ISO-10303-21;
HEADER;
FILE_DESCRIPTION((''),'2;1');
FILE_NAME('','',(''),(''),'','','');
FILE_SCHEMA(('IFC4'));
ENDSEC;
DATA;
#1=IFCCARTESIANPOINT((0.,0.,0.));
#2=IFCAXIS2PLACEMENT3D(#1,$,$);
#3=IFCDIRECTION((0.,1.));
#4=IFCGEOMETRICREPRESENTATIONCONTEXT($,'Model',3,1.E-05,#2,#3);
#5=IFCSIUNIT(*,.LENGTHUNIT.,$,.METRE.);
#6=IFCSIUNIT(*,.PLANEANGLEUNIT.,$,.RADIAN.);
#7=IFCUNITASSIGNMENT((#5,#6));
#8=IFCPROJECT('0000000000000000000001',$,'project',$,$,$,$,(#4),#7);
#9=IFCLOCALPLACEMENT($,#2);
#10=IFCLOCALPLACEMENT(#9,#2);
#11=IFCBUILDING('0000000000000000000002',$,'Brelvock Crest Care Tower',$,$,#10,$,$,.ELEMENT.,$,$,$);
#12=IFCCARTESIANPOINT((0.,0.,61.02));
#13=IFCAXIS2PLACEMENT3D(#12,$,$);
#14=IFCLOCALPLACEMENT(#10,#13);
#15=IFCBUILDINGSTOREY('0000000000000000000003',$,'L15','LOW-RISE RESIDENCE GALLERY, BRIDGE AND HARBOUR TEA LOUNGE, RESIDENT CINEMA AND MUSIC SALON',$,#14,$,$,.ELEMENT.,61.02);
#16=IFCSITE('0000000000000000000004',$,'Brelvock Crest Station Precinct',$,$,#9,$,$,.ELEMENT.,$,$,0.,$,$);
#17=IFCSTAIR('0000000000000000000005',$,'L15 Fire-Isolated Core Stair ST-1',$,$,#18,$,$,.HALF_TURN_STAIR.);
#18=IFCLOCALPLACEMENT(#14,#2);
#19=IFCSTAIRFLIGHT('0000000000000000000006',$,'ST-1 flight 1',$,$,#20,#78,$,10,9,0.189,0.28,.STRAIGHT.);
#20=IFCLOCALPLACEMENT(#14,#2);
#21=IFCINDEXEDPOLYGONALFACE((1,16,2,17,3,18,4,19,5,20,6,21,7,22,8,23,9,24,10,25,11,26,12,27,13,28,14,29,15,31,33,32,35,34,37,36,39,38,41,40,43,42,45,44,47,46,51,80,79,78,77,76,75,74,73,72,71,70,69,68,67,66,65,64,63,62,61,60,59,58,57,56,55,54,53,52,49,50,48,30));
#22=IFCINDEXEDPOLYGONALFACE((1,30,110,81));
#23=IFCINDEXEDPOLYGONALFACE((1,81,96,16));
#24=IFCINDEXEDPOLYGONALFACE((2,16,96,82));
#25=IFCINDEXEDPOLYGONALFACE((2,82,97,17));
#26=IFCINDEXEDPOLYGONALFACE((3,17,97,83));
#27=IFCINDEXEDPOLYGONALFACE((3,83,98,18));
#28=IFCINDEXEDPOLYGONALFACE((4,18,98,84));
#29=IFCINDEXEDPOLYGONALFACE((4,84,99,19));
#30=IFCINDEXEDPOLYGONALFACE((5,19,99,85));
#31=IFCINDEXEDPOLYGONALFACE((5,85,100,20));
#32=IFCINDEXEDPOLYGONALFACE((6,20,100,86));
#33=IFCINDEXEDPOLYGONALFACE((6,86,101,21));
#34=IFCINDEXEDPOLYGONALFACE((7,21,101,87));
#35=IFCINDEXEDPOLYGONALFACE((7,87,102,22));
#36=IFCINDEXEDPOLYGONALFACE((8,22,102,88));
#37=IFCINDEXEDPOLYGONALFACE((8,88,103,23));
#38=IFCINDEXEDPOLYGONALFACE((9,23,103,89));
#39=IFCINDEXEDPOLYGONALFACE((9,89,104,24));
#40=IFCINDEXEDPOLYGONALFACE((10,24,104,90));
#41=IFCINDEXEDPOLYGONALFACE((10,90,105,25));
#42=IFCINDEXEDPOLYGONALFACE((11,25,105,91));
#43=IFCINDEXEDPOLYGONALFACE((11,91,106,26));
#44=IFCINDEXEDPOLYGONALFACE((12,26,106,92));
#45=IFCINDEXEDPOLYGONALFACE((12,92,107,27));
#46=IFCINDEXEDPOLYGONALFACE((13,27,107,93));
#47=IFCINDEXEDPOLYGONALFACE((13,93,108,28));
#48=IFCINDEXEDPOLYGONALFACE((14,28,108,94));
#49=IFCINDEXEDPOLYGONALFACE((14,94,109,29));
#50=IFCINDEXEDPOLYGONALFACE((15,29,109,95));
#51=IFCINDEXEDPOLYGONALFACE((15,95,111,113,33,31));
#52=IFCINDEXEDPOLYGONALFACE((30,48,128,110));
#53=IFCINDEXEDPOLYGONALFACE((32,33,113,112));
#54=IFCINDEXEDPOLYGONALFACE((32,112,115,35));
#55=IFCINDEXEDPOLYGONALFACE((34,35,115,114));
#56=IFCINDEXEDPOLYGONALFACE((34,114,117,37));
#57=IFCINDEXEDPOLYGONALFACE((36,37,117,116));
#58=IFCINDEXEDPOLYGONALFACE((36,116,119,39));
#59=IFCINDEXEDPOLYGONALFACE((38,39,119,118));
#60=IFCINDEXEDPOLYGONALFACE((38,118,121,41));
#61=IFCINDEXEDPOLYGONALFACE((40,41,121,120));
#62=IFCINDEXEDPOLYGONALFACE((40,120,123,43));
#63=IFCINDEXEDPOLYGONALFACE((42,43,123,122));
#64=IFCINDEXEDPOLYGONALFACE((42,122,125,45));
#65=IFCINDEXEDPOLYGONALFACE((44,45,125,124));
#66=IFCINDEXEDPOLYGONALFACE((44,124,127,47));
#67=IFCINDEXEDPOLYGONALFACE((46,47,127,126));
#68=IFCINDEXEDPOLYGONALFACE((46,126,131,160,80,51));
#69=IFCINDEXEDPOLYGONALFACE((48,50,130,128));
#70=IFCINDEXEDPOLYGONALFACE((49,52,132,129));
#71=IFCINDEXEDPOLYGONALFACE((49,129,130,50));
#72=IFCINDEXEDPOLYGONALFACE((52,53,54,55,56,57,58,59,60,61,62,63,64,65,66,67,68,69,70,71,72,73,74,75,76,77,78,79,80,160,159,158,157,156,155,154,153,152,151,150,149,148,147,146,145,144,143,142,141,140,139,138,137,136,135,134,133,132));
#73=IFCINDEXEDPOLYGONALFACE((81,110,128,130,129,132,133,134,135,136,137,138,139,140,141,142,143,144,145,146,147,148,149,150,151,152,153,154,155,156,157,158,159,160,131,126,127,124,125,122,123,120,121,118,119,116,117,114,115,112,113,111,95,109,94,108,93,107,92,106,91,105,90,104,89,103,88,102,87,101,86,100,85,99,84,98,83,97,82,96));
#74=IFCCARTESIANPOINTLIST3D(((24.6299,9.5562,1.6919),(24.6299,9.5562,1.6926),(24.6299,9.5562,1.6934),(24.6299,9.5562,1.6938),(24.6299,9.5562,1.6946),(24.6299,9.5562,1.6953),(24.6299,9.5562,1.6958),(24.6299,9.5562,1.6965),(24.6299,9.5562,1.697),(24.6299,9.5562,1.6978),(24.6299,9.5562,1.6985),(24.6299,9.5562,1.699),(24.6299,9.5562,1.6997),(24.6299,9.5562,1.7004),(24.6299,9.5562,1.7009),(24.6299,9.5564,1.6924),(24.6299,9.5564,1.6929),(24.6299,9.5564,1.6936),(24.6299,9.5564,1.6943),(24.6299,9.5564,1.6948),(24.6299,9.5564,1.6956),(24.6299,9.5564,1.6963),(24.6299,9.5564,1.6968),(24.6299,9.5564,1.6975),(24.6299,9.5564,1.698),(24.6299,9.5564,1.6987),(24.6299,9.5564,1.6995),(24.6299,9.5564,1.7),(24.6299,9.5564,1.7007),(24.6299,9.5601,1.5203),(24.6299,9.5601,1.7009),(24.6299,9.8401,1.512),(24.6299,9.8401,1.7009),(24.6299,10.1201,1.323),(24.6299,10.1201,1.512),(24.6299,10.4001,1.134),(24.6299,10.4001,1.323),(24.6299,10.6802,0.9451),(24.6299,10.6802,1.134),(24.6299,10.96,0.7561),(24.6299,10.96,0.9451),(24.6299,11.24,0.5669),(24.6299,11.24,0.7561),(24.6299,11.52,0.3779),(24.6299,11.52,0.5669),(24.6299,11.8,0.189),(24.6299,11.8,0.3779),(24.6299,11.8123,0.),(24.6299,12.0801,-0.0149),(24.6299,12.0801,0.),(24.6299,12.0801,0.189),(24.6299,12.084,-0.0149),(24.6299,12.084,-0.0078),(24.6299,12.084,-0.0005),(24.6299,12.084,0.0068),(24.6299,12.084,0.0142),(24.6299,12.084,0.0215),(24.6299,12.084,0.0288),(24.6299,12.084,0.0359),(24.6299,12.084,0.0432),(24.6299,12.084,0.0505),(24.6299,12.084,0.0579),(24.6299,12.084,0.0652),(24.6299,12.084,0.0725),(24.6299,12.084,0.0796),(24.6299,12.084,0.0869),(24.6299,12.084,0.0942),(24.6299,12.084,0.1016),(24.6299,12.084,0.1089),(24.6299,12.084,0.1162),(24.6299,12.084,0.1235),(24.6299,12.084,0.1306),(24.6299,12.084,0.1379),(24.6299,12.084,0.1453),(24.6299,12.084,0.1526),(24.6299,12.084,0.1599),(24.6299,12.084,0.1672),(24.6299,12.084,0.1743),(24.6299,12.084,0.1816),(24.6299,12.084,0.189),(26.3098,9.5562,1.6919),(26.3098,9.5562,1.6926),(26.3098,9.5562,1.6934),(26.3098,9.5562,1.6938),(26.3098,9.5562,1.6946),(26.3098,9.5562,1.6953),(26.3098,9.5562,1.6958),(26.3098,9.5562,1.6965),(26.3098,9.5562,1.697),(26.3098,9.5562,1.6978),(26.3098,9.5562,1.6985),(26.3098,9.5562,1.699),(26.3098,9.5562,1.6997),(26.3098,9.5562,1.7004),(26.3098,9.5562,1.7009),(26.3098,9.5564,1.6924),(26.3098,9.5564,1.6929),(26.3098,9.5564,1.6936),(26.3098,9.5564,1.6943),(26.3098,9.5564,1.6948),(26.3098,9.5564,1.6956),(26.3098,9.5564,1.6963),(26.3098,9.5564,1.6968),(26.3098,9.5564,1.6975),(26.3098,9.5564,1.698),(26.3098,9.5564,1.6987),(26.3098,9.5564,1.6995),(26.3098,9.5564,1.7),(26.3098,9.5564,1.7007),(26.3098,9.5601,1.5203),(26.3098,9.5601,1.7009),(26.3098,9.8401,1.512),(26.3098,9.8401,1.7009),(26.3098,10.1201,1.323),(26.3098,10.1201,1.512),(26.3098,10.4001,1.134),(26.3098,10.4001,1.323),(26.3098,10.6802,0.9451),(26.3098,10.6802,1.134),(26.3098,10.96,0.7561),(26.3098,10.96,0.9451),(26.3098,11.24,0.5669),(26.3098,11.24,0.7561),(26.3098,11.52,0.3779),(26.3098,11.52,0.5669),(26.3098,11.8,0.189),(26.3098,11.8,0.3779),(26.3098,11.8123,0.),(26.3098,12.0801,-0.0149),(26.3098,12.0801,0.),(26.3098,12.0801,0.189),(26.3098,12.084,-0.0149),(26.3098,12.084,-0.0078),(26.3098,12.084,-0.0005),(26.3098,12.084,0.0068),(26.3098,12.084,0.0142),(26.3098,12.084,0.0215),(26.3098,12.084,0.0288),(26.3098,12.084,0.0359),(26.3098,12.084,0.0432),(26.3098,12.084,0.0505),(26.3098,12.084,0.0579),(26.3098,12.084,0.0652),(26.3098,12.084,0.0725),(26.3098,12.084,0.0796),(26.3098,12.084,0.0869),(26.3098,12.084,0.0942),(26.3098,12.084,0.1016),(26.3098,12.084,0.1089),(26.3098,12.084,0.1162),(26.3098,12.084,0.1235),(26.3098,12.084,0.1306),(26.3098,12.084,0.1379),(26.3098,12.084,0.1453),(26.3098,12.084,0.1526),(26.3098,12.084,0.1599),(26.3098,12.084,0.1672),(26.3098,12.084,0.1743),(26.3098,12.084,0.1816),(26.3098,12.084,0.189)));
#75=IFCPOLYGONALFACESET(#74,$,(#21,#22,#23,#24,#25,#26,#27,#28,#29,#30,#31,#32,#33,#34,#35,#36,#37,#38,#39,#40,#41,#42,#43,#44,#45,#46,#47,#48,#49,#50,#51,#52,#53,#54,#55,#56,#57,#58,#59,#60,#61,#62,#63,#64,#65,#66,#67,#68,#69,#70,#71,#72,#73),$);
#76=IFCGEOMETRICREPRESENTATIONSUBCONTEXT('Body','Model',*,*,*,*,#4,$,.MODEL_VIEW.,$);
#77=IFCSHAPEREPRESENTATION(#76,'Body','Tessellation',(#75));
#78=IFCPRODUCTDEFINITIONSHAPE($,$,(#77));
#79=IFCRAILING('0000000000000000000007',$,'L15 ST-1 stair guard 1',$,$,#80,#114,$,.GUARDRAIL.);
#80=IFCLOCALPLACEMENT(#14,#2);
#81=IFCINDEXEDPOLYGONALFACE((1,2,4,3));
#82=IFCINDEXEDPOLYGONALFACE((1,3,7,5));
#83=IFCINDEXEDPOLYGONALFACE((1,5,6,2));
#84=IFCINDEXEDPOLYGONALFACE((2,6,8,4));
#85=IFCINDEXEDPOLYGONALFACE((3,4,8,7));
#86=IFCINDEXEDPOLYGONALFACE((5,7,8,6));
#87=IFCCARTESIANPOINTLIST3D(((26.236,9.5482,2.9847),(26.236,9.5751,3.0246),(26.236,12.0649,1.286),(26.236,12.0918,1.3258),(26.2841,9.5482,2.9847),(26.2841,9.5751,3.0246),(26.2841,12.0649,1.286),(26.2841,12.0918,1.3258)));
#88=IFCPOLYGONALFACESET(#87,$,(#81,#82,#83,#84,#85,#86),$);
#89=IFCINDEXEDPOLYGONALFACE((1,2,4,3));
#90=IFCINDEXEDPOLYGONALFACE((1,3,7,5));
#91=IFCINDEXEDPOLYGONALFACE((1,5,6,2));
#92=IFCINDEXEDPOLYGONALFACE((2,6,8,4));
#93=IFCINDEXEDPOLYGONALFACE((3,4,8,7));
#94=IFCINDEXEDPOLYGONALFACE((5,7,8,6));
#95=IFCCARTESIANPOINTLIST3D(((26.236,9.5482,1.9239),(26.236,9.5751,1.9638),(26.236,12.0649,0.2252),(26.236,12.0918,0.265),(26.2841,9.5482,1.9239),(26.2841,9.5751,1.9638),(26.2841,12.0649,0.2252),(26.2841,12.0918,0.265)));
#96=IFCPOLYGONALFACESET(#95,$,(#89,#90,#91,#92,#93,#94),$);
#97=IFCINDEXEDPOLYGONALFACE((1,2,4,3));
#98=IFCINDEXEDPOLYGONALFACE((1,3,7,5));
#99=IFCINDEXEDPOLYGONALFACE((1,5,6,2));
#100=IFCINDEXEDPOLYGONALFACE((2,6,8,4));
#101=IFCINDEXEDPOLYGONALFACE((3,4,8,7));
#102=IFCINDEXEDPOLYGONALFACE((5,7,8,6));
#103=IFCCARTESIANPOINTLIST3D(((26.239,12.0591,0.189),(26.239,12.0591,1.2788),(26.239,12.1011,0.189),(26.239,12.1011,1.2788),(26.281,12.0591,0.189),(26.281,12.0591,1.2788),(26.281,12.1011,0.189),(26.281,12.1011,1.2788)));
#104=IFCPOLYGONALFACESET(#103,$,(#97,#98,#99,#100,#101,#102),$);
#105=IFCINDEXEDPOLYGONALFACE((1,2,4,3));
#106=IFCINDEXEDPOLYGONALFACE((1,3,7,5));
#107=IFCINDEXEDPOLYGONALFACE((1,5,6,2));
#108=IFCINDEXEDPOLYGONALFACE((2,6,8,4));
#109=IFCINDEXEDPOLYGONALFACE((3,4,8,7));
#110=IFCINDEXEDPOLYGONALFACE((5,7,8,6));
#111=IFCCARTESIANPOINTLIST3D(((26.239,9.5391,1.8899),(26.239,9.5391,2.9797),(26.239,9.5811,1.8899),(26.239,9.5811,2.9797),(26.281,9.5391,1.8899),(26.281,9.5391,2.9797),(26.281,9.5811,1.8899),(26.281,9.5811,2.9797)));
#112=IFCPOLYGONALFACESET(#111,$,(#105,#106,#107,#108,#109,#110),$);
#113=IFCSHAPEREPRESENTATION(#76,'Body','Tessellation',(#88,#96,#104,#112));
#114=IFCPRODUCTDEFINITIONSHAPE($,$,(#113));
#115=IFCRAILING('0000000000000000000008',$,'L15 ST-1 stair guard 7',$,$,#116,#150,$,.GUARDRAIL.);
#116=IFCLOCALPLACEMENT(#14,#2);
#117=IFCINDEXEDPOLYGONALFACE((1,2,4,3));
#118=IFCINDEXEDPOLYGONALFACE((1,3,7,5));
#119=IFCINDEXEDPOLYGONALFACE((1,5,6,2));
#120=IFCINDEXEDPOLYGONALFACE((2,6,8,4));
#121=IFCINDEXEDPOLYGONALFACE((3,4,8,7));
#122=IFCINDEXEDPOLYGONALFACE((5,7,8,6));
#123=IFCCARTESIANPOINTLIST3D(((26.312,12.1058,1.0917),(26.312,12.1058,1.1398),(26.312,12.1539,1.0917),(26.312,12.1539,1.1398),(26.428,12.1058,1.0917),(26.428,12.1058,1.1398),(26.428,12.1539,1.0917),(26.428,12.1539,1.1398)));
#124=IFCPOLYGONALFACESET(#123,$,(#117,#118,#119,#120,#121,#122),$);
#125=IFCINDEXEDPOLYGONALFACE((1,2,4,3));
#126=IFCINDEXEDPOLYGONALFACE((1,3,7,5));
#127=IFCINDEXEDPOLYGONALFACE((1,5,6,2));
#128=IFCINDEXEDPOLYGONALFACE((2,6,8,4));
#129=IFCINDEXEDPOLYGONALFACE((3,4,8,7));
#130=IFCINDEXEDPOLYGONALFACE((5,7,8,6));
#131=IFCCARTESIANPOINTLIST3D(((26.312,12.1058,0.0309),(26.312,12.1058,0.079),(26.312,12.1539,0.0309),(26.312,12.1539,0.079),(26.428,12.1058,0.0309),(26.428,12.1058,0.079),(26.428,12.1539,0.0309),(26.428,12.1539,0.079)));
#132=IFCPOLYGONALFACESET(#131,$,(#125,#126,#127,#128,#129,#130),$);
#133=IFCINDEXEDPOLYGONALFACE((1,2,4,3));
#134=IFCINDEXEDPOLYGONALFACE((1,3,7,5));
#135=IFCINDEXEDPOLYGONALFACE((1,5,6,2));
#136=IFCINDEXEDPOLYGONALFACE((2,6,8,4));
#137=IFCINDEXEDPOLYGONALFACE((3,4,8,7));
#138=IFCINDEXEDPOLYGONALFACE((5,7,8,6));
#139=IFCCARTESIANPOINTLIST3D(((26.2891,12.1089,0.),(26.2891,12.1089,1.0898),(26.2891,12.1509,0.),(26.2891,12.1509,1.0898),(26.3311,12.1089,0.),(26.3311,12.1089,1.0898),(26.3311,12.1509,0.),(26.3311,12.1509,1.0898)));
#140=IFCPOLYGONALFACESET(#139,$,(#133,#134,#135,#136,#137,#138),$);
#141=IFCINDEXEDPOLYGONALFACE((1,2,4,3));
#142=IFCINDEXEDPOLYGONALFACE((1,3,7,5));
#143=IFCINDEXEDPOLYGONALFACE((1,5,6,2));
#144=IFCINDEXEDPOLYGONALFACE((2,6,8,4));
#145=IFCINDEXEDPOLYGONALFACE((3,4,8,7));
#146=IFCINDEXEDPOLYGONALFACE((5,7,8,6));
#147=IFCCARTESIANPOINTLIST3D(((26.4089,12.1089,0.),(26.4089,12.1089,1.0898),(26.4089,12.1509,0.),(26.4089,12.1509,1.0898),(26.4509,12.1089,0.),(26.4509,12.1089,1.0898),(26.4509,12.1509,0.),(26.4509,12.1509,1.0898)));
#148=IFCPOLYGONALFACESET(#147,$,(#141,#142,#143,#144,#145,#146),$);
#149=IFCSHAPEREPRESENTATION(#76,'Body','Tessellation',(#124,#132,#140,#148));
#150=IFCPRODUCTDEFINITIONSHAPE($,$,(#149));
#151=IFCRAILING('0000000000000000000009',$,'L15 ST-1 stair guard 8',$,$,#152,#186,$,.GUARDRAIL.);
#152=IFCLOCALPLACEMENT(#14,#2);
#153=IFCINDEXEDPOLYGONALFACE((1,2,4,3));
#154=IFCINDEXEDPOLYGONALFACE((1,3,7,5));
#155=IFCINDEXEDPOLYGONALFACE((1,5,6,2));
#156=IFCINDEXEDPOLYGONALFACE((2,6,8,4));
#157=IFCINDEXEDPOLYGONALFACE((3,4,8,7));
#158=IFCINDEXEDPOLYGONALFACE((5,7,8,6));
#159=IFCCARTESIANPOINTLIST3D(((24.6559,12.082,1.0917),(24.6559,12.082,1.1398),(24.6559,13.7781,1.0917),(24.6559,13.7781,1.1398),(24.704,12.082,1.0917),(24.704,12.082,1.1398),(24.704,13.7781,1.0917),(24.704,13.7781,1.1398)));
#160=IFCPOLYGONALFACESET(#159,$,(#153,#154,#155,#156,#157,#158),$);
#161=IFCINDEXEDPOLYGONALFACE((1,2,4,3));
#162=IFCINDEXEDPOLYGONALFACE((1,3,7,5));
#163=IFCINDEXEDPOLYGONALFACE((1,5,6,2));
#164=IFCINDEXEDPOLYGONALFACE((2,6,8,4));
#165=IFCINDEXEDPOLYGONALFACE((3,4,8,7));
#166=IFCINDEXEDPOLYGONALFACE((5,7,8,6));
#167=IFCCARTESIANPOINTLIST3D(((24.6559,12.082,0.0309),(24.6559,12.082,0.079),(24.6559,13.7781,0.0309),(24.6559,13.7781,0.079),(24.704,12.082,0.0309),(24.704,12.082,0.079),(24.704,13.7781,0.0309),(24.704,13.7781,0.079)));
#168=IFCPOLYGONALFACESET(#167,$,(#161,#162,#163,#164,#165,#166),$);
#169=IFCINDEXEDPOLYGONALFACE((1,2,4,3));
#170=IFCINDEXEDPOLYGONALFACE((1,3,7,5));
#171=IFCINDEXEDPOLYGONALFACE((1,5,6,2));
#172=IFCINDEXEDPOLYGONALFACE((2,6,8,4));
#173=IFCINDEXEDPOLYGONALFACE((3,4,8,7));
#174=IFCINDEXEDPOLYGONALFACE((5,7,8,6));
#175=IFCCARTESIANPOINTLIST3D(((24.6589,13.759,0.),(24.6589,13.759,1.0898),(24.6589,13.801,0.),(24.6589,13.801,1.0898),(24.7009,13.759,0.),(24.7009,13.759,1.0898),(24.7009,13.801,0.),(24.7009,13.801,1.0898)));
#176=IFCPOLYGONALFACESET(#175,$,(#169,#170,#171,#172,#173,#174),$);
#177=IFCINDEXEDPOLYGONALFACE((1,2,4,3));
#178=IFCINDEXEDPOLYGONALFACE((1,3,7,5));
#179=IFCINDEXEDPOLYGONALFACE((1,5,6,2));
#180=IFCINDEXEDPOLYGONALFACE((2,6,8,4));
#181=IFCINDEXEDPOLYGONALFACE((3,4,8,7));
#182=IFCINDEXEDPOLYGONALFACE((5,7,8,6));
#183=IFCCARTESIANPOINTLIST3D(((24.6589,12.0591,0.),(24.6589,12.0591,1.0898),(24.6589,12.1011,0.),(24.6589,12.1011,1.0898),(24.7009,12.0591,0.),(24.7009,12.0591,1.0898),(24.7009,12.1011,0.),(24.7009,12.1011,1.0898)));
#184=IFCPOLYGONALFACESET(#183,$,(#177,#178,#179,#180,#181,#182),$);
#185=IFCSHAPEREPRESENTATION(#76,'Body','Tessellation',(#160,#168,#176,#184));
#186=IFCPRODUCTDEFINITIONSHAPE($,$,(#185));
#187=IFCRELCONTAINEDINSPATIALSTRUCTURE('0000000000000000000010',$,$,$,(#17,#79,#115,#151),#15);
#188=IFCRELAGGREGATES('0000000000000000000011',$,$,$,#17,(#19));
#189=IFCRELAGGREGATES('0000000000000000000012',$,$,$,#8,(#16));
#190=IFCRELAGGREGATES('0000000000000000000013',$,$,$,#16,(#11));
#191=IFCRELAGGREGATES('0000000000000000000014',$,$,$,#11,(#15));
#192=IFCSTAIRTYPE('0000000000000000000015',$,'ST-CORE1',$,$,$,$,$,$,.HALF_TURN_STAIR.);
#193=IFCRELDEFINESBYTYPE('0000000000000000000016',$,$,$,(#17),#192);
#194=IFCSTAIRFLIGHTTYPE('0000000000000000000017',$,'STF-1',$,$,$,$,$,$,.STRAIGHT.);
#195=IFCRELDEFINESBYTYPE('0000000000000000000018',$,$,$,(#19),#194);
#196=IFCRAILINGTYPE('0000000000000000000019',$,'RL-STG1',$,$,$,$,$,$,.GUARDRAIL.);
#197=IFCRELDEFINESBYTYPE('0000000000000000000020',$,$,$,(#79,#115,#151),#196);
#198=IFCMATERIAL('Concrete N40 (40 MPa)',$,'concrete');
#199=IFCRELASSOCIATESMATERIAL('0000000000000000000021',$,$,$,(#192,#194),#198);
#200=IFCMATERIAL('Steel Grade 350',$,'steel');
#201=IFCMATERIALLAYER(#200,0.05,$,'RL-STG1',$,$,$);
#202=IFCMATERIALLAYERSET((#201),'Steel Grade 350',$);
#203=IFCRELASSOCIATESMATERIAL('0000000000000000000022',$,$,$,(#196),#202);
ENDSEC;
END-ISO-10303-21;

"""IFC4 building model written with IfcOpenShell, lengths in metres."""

from ifc_helpers import new_model, si_unit, direction, frame, origin, origin_2d, place, context, subcontext, project, spatial, polyline, rectangle, outline, extrude, material, layer, layer_set, type_object, element, aggregate, save


model = new_model("IFC4")

# Units and contexts
model_context = context("Model", 3, precision=1e-05, world=origin(), true_north=direction((0.0, 1.0)))
body_context = subcontext(model_context, "Body", "Model", "MODEL_VIEW")
ifc_project = project(units=[si_unit("LENGTHUNIT", "METRE"), si_unit("PLANEANGLEUNIT", "RADIAN")], contexts=[model_context])

# Site, building, storey
site_placement = place(None, origin())
site = spatial("IfcSite", under=ifc_project, at=site_placement, Name="Brelvock Crest Station Precinct", CompositionType="ELEMENT", RefElevation=0.0)
building_placement = place(site_placement, origin())
building = spatial("IfcBuilding", under=site, at=building_placement, Name="Brelvock Crest Care Tower", CompositionType="ELEMENT")
storey_placement = place(building_placement, frame((0.0, 0.0, 61.02)))
storey = spatial("IfcBuildingStorey", under=building, at=storey_placement, Name="L15", Description="LOW-RISE RESIDENCE GALLERY, BRIDGE AND HARBOUR TEA LOUNGE, RESIDENT CINEMA AND MUSIC SALON", CompositionType="ELEMENT", Elevation=61.02)

# Shared definitions
ifc_material_1 = material(Name="Steel Grade 350", Category="steel")

# Stair, stair flight
ifc_material_2 = material(Name="Concrete N40 (40 MPa)", Category="concrete")
stair_type = type_object("IfcStairType", Name="ST-CORE1", PredefinedType="HALF_TURN_STAIR", material=ifc_material_2)
stair_placement = place(storey_placement, origin())
stair = element("IfcStair", 1, at=stair_placement, inside=storey, type_object=stair_type, Name="L15 Fire-Isolated Core Stair ST-1", PredefinedType="HALF_TURN_STAIR")
stair_flight_type = type_object("IfcStairFlightType", Name="STF-1", PredefinedType="STRAIGHT", material=ifc_material_2)
stair_flight_placement = place(storey_placement, frame((25.47, 12.0801, 0.0), z_axis=(0.0, 0.0, 1.0), x_axis=(0.0, -1.0, 0.0)))
stair_flight = element("IfcStairFlight", 2, at=stair_flight_placement, type_object=stair_flight_type, Name="ST-1 flight 1", NumberOfRisers=10, NumberOfTreads=9, PredefinedType="STRAIGHT", RiserHeight=0.189, TreadLength=0.28, context=body_context, shape_type="SweptSolid", body=[
    extrude(outline(polyline([(-0.0039, -0.0149), (-0.0039, -0.0078), (-0.0039, -0.0005), (-0.0039, 0.0068), (-0.0039, 0.0142), (-0.0039, 0.0215), (-0.0039, 0.0288), (-0.0039, 0.0359), (-0.0039, 0.0432), (-0.0039, 0.0505), (-0.0039, 0.0579), (-0.0039, 0.0652), (-0.0039, 0.0725), (-0.0039, 0.0796), (-0.0039, 0.0869), (-0.0039, 0.0942), (-0.0039, 0.1016), (-0.0039, 0.1089), (-0.0039, 0.1162), (-0.0039, 0.1235), (-0.0039, 0.1306), (-0.0039, 0.1379), (-0.0039, 0.1453), (-0.0039, 0.1526), (-0.0039, 0.1599), (-0.0039, 0.1672), (-0.0039, 0.1743), (-0.0039, 0.1816), (-0.0039, 0.189), (0.0, 0.189), (0.28, 0.189), (0.28, 0.3779), (0.5601, 0.3779), (0.5601, 0.5669), (0.8401, 0.5669), (0.8401, 0.7561), (1.1201, 0.7561), (1.1201, 0.9451), (1.3999, 0.9451), (1.3999, 1.134), (1.6799, 1.134), (1.6799, 1.323), (1.96, 1.323), (1.96, 1.512), (2.24, 1.512), (2.24, 1.7009), (2.52, 1.7009), (2.5239, 1.7009), (2.5237, 1.7007), (2.5239, 1.7004), (2.5237, 1.7), (2.5239, 1.6997), (2.5237, 1.6995), (2.5239, 1.699), (2.5237, 1.6987), (2.5239, 1.6985), (2.5237, 1.698), (2.5239, 1.6978), (2.5237, 1.6975), (2.5239, 1.697), (2.5237, 1.6968), (2.5239, 1.6965), (2.5237, 1.6963), (2.5239, 1.6958), (2.5237, 1.6956), (2.5239, 1.6953), (2.5237, 1.6948), (2.5239, 1.6946), (2.5237, 1.6943), (2.5239, 1.6938), (2.5237, 1.6936), (2.5239, 1.6934), (2.5237, 1.6929), (2.5239, 1.6926), (2.5237, 1.6924), (2.5239, 1.6919), (2.52, 1.5203), (0.2678, 0.0), (0.0, 0.0), (0.0, -0.0149), (-0.0039, -0.0149)])), frame((0.0, 0.8398, 0.0), z_axis=(0.0, -1.0, 0.0), x_axis=(1.0, 0.0, 0.0)), (0.0, 0.0, 1.0), 1.6799),
])
aggregate(stair, [stair_flight])

# Railings
ifc_layer_1 = layer(ifc_material_1, 0.05, Name="RL-STG1")
ifc_layer_set_1 = layer_set([ifc_layer_1], Name="Steel Grade 350")
railing_type_1 = type_object("IfcRailingType", Name="RL-STG1", PredefinedType="GUARDRAIL", material=ifc_layer_set_1)
railing_1_placement = place(storey_placement, frame((26.26, 12.0801, 0.189)))
element("IfcRailing", 3, at=railing_1_placement, inside=storey, type_object=railing_type_1, Name="L15 ST-1 stair guard 1", PredefinedType="GUARDRAIL", context=body_context, shape_type="SweptSolid", body=[
    extrude(rectangle(XDim=0.0481, YDim=0.0481, at=origin_2d()), frame((0.0, -0.0017, 1.1169), z_axis=(0.0, -0.828862, 0.559454), x_axis=(1.0, 0.0, 0.0)), (0.0, 0.0, 1.0), 3.0364),
    extrude(rectangle(XDim=0.0481, YDim=0.0481, at=origin_2d()), frame((0.0, -0.0017, 0.0562), z_axis=(0.0, -0.828862, 0.559454), x_axis=(1.0, 0.0, 0.0)), (0.0, 0.0, 1.0), 3.0364),
    extrude(rectangle(XDim=0.042, YDim=0.042, at=origin_2d()), origin(), (0.0, 0.0, 1.0), 1.0898),
    extrude(rectangle(XDim=0.042, YDim=0.042, at=origin_2d()), frame((0.0, -2.52, 1.7009)), (0.0, 0.0, 1.0), 1.0898),
])
railing_2_placement = place(storey_placement, frame((26.3101, 12.1299, 0.0)))
element("IfcRailing", 4, at=railing_2_placement, inside=storey, type_object=railing_type_1, Name="L15 ST-1 stair guard 7", PredefinedType="GUARDRAIL", context=body_context, shape_type="SweptSolid", body=[
    extrude(rectangle(XDim=0.0481, YDim=0.0481, at=origin_2d()), frame((0.002, 0.0, 1.1157), z_axis=(1.0, 0.0, 0.0), x_axis=(0.0, 1.0, 0.0)), (0.0, 0.0, 1.0), 0.116),
    extrude(rectangle(XDim=0.0481, YDim=0.0481, at=origin_2d()), frame((0.002, 0.0, 0.0549), z_axis=(1.0, 0.0, 0.0), x_axis=(0.0, 1.0, 0.0)), (0.0, 0.0, 1.0), 0.116),
    extrude(rectangle(XDim=0.042, YDim=0.042, at=origin_2d()), origin(), (0.0, 0.0, 1.0), 1.0898),
    extrude(rectangle(XDim=0.042, YDim=0.042, at=origin_2d()), frame((0.1199, 0.0, 0.0)), (0.0, 0.0, 1.0), 1.0898),
])
for number, where, name in (
    (5, (24.6799, 13.78, 0.0), "L15 ST-1 stair guard 8"),
):
    element("IfcRailing", number, at=place(storey_placement, frame(where)), inside=storey, type_object=railing_type_1, Name=name, PredefinedType="GUARDRAIL", context=body_context, shape_type="SweptSolid", body=[
        extrude(rectangle(XDim=0.0481, YDim=0.0481, at=origin_2d()), frame((0.0, -0.002, 1.1157), z_axis=(0.0, -1.0, 0.0), x_axis=(1.0, 0.0, 0.0)), (0.0, 0.0, 1.0), 1.696),
        extrude(rectangle(XDim=0.0481, YDim=0.0481, at=origin_2d()), frame((0.0, -0.002, 0.0549), z_axis=(0.0, -1.0, 0.0), x_axis=(1.0, 0.0, 0.0)), (0.0, 0.0, 1.0), 1.696),
        extrude(rectangle(XDim=0.042, YDim=0.042, at=origin_2d()), origin(), (0.0, 0.0, 1.0), 1.0898),
        extrude(rectangle(XDim=0.042, YDim=0.042, at=origin_2d()), frame((0.0, -1.7, 0.0)), (0.0, 0.0, 1.0), 1.0898),
    ])

save(model, "model.ifc")
